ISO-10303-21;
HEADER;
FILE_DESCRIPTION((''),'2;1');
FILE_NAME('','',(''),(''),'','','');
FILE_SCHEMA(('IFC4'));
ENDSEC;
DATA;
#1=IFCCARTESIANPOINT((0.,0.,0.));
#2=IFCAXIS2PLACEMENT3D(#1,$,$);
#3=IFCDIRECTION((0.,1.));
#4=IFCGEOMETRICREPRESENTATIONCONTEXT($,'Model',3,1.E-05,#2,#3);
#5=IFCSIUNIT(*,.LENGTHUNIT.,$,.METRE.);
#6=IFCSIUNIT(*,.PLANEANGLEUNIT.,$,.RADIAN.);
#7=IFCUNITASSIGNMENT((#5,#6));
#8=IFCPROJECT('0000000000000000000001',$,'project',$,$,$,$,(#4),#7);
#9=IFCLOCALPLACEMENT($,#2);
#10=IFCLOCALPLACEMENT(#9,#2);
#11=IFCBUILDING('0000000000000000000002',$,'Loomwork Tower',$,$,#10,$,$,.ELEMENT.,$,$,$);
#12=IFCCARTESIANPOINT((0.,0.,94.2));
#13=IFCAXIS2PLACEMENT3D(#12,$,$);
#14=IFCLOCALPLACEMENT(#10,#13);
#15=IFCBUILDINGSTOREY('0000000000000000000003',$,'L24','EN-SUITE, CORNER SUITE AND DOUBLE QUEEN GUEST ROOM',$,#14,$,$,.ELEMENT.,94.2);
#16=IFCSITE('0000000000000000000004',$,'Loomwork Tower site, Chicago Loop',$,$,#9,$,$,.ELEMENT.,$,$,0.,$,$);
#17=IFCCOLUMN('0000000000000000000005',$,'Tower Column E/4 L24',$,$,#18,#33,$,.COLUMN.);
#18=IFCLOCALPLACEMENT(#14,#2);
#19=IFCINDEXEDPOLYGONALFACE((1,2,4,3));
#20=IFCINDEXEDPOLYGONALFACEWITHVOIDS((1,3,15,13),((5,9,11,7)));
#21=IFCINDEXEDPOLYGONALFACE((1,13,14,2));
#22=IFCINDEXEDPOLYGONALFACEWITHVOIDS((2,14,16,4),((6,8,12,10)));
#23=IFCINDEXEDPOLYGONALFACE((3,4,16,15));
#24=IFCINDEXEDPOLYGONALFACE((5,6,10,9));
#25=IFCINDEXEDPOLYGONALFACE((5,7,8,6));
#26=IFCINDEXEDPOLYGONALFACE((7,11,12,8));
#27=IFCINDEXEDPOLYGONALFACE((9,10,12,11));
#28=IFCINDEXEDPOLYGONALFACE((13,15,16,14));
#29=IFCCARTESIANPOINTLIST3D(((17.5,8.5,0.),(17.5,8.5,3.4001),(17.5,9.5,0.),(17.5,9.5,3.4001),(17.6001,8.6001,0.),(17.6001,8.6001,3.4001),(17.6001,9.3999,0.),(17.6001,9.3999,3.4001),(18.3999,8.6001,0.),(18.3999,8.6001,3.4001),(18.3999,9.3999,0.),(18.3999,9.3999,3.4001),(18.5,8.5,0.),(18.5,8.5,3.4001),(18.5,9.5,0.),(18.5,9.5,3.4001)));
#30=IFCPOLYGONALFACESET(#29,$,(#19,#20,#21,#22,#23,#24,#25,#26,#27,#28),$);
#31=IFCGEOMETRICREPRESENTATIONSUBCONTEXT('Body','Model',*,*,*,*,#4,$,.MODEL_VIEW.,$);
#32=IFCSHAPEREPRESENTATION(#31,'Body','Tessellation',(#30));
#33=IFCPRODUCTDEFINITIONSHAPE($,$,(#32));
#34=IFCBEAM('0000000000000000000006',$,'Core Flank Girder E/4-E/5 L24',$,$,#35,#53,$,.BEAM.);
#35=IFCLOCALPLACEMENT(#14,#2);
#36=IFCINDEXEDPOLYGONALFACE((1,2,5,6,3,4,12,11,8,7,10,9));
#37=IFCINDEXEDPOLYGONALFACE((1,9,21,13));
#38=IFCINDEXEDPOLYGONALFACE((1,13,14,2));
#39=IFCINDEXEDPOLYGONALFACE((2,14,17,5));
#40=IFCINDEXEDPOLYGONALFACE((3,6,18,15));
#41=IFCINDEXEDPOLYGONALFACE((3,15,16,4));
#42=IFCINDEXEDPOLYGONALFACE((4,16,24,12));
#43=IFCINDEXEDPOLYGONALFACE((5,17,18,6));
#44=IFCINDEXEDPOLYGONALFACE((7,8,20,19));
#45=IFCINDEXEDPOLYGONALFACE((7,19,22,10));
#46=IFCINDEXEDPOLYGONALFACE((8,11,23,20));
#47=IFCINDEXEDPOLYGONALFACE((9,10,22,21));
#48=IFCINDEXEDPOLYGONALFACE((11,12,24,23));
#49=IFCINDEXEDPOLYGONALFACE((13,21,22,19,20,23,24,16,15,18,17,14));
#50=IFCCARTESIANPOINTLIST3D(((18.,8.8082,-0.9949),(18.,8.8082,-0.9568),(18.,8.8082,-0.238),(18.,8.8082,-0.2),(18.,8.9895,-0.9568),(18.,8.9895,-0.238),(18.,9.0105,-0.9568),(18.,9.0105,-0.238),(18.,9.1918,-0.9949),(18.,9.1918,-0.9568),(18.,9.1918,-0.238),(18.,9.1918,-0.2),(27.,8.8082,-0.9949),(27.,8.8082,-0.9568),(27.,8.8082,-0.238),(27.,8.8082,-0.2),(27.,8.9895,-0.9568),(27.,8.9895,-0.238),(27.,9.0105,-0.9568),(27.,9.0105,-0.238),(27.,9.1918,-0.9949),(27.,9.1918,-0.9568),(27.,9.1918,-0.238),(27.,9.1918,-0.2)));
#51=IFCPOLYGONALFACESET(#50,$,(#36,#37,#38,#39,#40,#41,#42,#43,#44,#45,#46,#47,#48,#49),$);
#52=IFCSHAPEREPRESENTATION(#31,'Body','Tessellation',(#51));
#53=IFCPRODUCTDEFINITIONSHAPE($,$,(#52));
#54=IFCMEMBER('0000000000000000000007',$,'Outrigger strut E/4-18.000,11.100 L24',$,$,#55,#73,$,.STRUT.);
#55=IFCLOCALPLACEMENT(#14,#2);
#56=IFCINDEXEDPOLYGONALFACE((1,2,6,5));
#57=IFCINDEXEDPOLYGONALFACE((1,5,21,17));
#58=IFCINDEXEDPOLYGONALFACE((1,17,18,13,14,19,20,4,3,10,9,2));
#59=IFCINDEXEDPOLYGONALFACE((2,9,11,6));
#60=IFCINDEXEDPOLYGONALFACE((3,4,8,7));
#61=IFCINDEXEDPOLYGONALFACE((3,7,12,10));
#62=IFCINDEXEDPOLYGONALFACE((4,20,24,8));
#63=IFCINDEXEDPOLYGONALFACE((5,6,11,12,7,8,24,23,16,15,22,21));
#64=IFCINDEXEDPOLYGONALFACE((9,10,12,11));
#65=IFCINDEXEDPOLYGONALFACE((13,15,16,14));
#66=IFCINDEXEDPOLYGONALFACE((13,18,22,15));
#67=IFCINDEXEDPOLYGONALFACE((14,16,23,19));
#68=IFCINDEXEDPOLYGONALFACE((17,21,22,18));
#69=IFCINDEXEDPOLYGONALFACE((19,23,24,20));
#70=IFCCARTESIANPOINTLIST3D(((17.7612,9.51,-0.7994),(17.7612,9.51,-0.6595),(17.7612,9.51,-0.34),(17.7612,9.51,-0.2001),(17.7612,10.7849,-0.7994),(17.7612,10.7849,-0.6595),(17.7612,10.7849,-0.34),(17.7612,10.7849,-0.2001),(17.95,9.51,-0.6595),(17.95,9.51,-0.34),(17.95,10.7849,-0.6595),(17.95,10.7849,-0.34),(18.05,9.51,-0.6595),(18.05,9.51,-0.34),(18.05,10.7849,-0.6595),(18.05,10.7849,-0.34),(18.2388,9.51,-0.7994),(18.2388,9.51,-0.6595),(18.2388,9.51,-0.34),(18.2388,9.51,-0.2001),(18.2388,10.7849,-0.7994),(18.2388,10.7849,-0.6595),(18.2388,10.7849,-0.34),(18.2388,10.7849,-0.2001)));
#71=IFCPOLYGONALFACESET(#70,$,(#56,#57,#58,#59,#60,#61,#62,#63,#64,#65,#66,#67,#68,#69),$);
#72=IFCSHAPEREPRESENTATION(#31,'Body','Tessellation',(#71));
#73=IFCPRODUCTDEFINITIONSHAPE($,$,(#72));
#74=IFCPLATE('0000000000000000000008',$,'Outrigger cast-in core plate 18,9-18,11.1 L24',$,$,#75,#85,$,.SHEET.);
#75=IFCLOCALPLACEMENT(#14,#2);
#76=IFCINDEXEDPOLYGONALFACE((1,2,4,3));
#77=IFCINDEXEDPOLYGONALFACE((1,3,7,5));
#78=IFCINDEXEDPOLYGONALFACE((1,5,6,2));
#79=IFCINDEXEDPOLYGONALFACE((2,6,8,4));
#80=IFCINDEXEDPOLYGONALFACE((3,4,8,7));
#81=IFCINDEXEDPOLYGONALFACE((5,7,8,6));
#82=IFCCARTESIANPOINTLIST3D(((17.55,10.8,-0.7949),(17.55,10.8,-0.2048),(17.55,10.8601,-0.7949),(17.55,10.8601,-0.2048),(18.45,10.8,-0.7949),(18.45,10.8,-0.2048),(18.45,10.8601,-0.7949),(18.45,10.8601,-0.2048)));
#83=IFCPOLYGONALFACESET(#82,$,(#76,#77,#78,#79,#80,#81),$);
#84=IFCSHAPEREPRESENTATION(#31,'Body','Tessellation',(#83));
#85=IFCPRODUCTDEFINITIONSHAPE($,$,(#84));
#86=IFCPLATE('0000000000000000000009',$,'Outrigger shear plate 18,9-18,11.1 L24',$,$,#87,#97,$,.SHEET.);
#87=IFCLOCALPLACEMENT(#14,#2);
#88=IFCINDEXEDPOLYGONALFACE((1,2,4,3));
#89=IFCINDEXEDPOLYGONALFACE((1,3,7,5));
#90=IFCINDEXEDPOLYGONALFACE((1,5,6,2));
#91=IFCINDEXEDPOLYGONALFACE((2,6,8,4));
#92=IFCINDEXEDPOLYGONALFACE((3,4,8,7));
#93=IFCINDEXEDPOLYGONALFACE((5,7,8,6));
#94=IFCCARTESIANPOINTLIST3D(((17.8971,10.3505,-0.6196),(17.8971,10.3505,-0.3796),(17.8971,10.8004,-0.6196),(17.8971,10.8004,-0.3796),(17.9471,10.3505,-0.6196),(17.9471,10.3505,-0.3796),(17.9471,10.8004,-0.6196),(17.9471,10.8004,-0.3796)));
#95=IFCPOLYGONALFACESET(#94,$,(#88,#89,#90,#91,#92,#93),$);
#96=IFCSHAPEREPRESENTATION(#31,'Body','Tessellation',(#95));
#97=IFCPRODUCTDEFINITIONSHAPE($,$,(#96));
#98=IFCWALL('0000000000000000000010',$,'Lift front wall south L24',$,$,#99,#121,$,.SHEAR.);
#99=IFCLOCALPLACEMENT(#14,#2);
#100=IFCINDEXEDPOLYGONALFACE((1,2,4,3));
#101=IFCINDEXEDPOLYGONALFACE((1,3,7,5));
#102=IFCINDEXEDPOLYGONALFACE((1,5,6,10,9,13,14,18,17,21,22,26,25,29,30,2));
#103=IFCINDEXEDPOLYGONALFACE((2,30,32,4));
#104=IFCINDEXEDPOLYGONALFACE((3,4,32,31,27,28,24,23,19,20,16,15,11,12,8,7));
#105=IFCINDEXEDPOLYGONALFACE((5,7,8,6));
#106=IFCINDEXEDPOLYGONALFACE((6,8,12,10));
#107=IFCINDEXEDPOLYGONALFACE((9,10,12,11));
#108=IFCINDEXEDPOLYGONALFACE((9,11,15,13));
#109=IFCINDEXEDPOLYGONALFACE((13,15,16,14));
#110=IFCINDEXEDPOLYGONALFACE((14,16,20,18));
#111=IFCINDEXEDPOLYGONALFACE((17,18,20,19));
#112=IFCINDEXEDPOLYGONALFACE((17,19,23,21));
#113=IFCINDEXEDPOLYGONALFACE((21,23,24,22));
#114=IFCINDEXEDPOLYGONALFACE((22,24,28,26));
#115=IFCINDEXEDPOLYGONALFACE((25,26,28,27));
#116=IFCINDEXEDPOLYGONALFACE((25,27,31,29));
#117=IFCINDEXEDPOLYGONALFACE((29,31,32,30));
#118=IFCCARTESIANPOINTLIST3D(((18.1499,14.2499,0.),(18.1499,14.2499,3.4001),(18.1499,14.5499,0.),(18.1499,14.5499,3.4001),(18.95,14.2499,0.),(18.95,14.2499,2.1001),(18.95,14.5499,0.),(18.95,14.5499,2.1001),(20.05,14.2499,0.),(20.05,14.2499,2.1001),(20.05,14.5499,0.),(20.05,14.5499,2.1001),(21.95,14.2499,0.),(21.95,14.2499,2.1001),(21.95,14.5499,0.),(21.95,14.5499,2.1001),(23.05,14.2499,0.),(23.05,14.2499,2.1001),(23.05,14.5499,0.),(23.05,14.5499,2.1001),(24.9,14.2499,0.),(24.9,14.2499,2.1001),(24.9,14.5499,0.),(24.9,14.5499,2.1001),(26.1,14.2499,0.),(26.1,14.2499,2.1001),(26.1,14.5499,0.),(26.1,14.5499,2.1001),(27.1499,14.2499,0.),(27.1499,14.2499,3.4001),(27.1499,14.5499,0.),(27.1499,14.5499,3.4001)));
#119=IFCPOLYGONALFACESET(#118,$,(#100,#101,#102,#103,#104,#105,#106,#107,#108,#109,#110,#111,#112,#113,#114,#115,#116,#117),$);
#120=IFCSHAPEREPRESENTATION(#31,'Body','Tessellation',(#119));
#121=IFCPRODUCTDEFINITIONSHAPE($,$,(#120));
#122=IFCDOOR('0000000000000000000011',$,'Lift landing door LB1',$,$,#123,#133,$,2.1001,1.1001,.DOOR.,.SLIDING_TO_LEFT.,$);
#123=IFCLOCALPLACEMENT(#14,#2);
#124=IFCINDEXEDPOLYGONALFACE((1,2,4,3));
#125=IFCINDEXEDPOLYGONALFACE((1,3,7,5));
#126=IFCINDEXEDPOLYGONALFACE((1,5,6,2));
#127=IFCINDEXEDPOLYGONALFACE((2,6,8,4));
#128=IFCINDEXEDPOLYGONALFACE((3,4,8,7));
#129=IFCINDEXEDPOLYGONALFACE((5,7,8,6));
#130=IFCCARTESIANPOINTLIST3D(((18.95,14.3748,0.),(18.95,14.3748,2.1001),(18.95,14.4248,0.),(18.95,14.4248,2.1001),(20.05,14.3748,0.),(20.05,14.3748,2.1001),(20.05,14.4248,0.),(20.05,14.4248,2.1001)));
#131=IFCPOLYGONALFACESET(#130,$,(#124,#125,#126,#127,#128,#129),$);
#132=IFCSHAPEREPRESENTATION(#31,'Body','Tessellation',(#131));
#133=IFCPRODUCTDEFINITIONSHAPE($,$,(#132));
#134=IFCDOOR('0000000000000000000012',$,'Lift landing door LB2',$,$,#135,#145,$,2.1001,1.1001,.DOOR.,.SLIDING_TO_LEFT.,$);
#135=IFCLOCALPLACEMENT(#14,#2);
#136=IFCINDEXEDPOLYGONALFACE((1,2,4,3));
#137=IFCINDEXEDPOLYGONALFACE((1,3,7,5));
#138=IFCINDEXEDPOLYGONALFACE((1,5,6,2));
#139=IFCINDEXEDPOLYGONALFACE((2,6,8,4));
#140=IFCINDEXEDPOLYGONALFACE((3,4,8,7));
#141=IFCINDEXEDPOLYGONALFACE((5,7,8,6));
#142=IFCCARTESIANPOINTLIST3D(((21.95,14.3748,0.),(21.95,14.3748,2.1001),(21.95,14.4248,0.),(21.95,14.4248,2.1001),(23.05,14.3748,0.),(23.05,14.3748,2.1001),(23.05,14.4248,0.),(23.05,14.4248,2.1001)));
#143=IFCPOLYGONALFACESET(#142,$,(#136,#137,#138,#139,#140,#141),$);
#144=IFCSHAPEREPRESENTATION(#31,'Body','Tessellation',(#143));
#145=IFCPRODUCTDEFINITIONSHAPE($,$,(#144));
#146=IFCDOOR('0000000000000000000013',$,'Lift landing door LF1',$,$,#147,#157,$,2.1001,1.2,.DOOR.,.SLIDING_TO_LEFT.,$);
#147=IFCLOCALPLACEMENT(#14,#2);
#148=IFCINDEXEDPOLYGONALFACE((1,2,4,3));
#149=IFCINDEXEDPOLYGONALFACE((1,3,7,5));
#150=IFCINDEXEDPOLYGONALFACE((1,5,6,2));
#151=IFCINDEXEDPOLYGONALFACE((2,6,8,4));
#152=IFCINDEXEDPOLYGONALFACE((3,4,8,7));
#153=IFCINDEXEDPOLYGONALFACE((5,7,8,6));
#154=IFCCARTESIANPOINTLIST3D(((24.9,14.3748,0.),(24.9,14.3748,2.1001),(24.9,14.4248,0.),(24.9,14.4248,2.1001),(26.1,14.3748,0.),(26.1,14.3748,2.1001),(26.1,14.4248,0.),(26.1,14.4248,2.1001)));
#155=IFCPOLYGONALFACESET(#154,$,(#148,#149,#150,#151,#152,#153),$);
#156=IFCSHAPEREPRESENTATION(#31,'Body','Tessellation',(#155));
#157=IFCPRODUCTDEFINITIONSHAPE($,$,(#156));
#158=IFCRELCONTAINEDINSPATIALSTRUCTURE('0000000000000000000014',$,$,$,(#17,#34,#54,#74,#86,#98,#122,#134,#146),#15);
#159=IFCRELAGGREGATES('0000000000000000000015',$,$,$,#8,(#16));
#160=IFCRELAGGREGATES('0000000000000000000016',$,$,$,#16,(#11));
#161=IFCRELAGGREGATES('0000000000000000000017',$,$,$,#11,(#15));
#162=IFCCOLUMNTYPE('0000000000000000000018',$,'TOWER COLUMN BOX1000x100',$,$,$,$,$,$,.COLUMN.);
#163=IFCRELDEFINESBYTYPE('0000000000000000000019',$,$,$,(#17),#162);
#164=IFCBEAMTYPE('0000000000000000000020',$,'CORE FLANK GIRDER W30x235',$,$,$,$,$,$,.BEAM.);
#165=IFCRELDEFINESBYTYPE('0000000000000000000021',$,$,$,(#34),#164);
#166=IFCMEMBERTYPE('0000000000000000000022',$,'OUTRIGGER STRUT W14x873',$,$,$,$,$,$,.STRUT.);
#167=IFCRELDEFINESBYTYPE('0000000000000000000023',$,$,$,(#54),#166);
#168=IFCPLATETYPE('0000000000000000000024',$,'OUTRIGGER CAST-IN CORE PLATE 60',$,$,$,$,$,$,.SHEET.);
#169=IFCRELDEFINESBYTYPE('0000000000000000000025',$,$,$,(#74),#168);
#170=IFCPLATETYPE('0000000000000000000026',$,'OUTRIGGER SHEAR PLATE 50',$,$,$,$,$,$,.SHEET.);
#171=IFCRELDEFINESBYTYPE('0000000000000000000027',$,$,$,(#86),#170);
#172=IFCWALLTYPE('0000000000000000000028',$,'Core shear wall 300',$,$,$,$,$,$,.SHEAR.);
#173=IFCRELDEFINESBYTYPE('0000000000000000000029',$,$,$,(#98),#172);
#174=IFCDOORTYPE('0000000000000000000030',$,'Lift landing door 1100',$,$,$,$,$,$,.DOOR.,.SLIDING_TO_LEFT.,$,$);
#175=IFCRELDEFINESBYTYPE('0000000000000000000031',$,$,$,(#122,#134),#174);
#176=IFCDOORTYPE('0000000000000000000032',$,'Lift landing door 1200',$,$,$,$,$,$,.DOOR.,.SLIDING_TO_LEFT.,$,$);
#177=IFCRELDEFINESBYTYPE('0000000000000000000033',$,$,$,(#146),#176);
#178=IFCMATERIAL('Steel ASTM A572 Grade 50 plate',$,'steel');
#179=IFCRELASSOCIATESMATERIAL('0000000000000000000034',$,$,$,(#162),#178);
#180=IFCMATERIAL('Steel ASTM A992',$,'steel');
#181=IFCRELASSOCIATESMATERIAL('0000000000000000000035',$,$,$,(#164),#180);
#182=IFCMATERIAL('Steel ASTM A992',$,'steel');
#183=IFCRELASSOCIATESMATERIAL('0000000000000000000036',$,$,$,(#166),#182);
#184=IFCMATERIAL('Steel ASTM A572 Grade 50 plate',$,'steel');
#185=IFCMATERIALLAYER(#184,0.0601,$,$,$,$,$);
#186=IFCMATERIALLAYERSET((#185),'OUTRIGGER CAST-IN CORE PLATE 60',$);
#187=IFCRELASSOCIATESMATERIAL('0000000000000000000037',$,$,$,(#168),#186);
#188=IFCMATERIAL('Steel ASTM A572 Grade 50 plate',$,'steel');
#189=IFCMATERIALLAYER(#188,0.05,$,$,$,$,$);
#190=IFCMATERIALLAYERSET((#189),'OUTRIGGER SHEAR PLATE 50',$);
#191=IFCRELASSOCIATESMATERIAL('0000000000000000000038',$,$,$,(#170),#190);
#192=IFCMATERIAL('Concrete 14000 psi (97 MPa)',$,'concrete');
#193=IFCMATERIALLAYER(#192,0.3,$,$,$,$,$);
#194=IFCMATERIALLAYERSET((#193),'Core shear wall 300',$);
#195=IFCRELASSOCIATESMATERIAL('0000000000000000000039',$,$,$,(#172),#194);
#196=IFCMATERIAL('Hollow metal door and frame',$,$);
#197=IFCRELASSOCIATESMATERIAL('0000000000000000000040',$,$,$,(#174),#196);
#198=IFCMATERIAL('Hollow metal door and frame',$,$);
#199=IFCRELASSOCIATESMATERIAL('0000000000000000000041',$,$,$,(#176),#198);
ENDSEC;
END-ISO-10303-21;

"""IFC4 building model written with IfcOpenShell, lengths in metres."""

from ifc_helpers import new_model, si_unit, direction, frame, frame_2d, origin, origin_2d, place, context, subcontext, project, spatial, rectangle, hollow_rectangle, i_section, extrude, material, layer, layer_set, material_profile, profile_set, type_object, element, fill, save


model = new_model("IFC4")

# Units and contexts
model_context = context("Model", 3, precision=1e-05, world=origin(), true_north=direction((0.0, 1.0)))
body_context = subcontext(model_context, "Body", "Model", "MODEL_VIEW")
ifc_project = project(units=[si_unit("LENGTHUNIT", "METRE"), si_unit("PLANEANGLEUNIT", "RADIAN")], contexts=[model_context])

# Site, building, storey
site_placement = place(None, origin())
site = spatial("IfcSite", under=ifc_project, at=site_placement, Name="Loomwork Tower site, Chicago Loop", CompositionType="ELEMENT", RefElevation=0.0)
building_placement = place(site_placement, origin())
building = spatial("IfcBuilding", under=site, at=building_placement, Name="Loomwork Tower", CompositionType="ELEMENT")
storey_placement = place(building_placement, frame((0.0, 0.0, 94.2)))
storey = spatial("IfcBuildingStorey", under=building, at=storey_placement, Name="L24", Description="EN-SUITE, CORNER SUITE AND DOUBLE QUEEN GUEST ROOM", CompositionType="ELEMENT", Elevation=94.2)

# Column
ifc_material_1 = material(Name="Steel ASTM A572 Grade 50 plate", Category="steel")
ifc_material_profile_1 = material_profile(ifc_material_1, hollow_rectangle(XDim=1.0, YDim=1.0, WallThickness=0.1001, at=origin_2d()), Name="BOX1000x100")
ifc_profile_set_1 = profile_set([ifc_material_profile_1], Name="Steel ASTM A572 Grade 50 plate")
column_type = type_object("IfcColumnType", Name="TOWER COLUMN BOX1000x100", PredefinedType="COLUMN", material=ifc_profile_set_1)
column_placement = place(storey_placement, frame((18.0, 9.0, 0.0), z_axis=(0.0, 0.0, 1.0), x_axis=(1.0, 0.0, 0.0)))
element("IfcColumn", 1, at=column_placement, inside=storey, type_object=column_type, Name="Tower Column E/4 L24", PredefinedType="COLUMN", context=body_context, shape_type="SweptSolid", body=[
    extrude(hollow_rectangle(XDim=1.0, YDim=1.0, WallThickness=0.1001, at=origin_2d()), origin(), (0.0, 0.0, 1.0), 3.4001),
])

# Beam
ifc_material_2 = material(Name="Steel ASTM A992", Category="steel")
ifc_material_profile_2 = material_profile(ifc_material_2, i_section(OverallWidth=0.3835, OverallDepth=0.7949, WebThickness=0.021, FlangeThickness=0.0381, at=origin_2d()), Name="W30x235")
ifc_profile_set_2 = profile_set([ifc_material_profile_2], Name="Steel ASTM A992")
beam_type = type_object("IfcBeamType", Name="CORE FLANK GIRDER W30x235", PredefinedType="BEAM", material=ifc_profile_set_2)
beam_placement = place(storey_placement, frame((18.0, 9.0, -0.5974), z_axis=(1.0, 0.0, 0.0), x_axis=(0.0, 1.0, 0.0)))
element("IfcBeam", 2, at=beam_placement, inside=storey, type_object=beam_type, Name="Core Flank Girder E/4-E/5 L24", PredefinedType="BEAM", context=body_context, shape_type="SweptSolid", body=[
    extrude(i_section(OverallWidth=0.3835, OverallDepth=0.7949, WebThickness=0.021, FlangeThickness=0.0381, at=origin_2d()), origin(), (0.0, 0.0, 1.0), 9.0),
])

# Member
ifc_material_3 = material(Name="Steel ASTM A992", Category="steel")
ifc_material_profile_3 = material_profile(ifc_material_3, i_section(OverallWidth=0.4775, OverallDepth=0.5994, WebThickness=0.1001, FlangeThickness=0.1399, at=origin_2d()), Name="W14x873")
ifc_profile_set_3 = profile_set([ifc_material_profile_3], Name="Steel ASTM A992")
member_type = type_object("IfcMemberType", Name="OUTRIGGER STRUT W14x873", PredefinedType="STRUT", material=ifc_profile_set_3)
member_placement = place(storey_placement, frame((18.0, 9.51, -0.4998), z_axis=(0.0, 1.0, 0.0), x_axis=(-1.0, 0.0, 0.0)))
element("IfcMember", 3, at=member_placement, inside=storey, type_object=member_type, Name="Outrigger strut E/4-18.000,11.100 L24", PredefinedType="STRUT", context=body_context, shape_type="SweptSolid", body=[
    extrude(i_section(OverallWidth=0.4775, OverallDepth=0.5994, WebThickness=0.1001, FlangeThickness=0.1399, at=origin_2d()), origin(), (0.0, 0.0, 1.0), 1.2749),
])

# Plates
ifc_material_4 = material(Name="Steel ASTM A572 Grade 50 plate", Category="steel")
ifc_layer_1 = layer(ifc_material_4, 0.0601)
ifc_layer_set_1 = layer_set([ifc_layer_1], Name="OUTRIGGER CAST-IN CORE PLATE 60")
plate_type_1 = type_object("IfcPlateType", Name="OUTRIGGER CAST-IN CORE PLATE 60", PredefinedType="SHEET", material=ifc_layer_set_1)
plate_1_placement = place(storey_placement, frame((18.0, 10.8301, -0.7949), z_axis=(0.0, 0.0, 1.0), x_axis=(1.0, 0.0, 0.0)))
element("IfcPlate", 4, at=plate_1_placement, inside=storey, type_object=plate_type_1, Name="Outrigger cast-in core plate 18,9-18,11.1 L24", PredefinedType="SHEET", context=body_context, shape_type="SweptSolid", body=[
    extrude(rectangle(XDim=0.8999, YDim=0.0601, at=origin_2d()), origin(), (0.0, 0.0, 1.0), 0.5901),
])
ifc_material_5 = material(Name="Steel ASTM A572 Grade 50 plate", Category="steel")
ifc_layer_2 = layer(ifc_material_5, 0.05)
ifc_layer_set_2 = layer_set([ifc_layer_2], Name="OUTRIGGER SHEAR PLATE 50")
plate_type_2 = type_object("IfcPlateType", Name="OUTRIGGER SHEAR PLATE 50", PredefinedType="SHEET", material=ifc_layer_set_2)
plate_2_placement = place(storey_placement, frame((17.9221, 10.5754, -0.6196), z_axis=(0.0, 0.0, 1.0), x_axis=(0.0, 1.0, 0.0)))
element("IfcPlate", 5, at=plate_2_placement, inside=storey, type_object=plate_type_2, Name="Outrigger shear plate 18,9-18,11.1 L24", PredefinedType="SHEET", context=body_context, shape_type="SweptSolid", body=[
    extrude(rectangle(XDim=0.45, YDim=0.05, at=origin_2d()), origin(), (0.0, 0.0, 1.0), 0.24),
])

# Wall, openings, doors
ifc_material_6 = material(Name="Concrete 14000 psi (97 MPa)", Category="concrete")
ifc_layer_3 = layer(ifc_material_6, 0.3)
ifc_layer_set_3 = layer_set([ifc_layer_3], Name="Core shear wall 300")
wall_type_1 = type_object("IfcWallType", Name="Core shear wall 300", PredefinedType="SHEAR", material=ifc_layer_set_3)
wall_1_placement = place(storey_placement, frame((18.1499, 14.3999, 0.0), z_axis=(0.0, 0.0, 1.0), x_axis=(1.0, 0.0, 0.0)))
wall_1 = element("IfcWall", 6, at=wall_1_placement, inside=storey, type_object=wall_type_1, Name="Lift front wall south L24", PredefinedType="SHEAR", context=body_context, shape_type="SweptSolid", body=[
    extrude(rectangle(XDim=9.0, YDim=0.3, at=frame_2d((4.5, 0.0))), origin(), (0.0, 0.0, 1.0), 3.4001),
])
opening_1_placement = place(wall_1_placement, frame((0.8, 0.0, 0.0)))
opening_1 = element("IfcOpeningElement", 7, at=opening_1_placement, cuts=wall_1, PredefinedType="OPENING", context=body_context, shape_type="SweptSolid", body=[
    extrude(rectangle(XDim=1.1001, YDim=2.1001, at=frame_2d((0.55, 1.05))), frame((0.0, 0.1599, 0.0), z_axis=(0.0, -1.0, 0.0), x_axis=(1.0, 0.0, 0.0)), (0.0, 0.0, 1.0), 0.3201),
])
opening_2_placement = place(wall_1_placement, frame((3.8, 0.0, 0.0)))
opening_2 = element("IfcOpeningElement", 8, at=opening_2_placement, cuts=wall_1, PredefinedType="OPENING", context=body_context, shape_type="SweptSolid", body=[
    extrude(rectangle(XDim=1.1001, YDim=2.1001, at=frame_2d((0.55, 1.05))), frame((0.0, 0.1599, 0.0), z_axis=(0.0, -1.0, 0.0), x_axis=(1.0, 0.0, 0.0)), (0.0, 0.0, 1.0), 0.3201),
])
opening_3_placement = place(wall_1_placement, frame((6.75, 0.0, 0.0)))
opening_3 = element("IfcOpeningElement", 9, at=opening_3_placement, cuts=wall_1, PredefinedType="OPENING", context=body_context, shape_type="SweptSolid", body=[
    extrude(rectangle(XDim=1.2, YDim=2.1001, at=frame_2d((0.6001, 1.05))), frame((0.0, 0.1599, 0.0), z_axis=(0.0, -1.0, 0.0), x_axis=(1.0, 0.0, 0.0)), (0.0, 0.0, 1.0), 0.3201),
])
ifc_material_7 = material(Name="Hollow metal door and frame")
door_type_1 = type_object("IfcDoorType", Name="Lift landing door 1100", OperationType="SLIDING_TO_LEFT", PredefinedType="DOOR", material=ifc_material_7)
door_1_placement = place(opening_1_placement, origin())
door_1 = element("IfcDoor", 10, at=door_1_placement, inside=storey, type_object=door_type_1, Name="Lift landing door LB1", OperationType="SLIDING_TO_LEFT", OverallHeight=2.1001, OverallWidth=1.1001, PredefinedType="DOOR", context=body_context, shape_type="SweptSolid", body=[
    extrude(rectangle(XDim=1.1001, YDim=2.1001, at=frame_2d((0.55, 1.05))), frame((0.0, 0.0249, 0.0), z_axis=(0.0, -1.0, 0.0), x_axis=(1.0, 0.0, 0.0)), (0.0, 0.0, 1.0), 0.05),
])
fill(opening_1, door_1)
door_2_placement = place(opening_2_placement, origin())
door_2 = element("IfcDoor", 11, at=door_2_placement, inside=storey, type_object=door_type_1, Name="Lift landing door LB2", OperationType="SLIDING_TO_LEFT", OverallHeight=2.1001, OverallWidth=1.1001, PredefinedType="DOOR", context=body_context, shape_type="SweptSolid", body=[
    extrude(rectangle(XDim=1.1001, YDim=2.1001, at=frame_2d((0.55, 1.05))), frame((0.0, 0.0249, 0.0), z_axis=(0.0, -1.0, 0.0), x_axis=(1.0, 0.0, 0.0)), (0.0, 0.0, 1.0), 0.05),
])
fill(opening_2, door_2)
ifc_material_8 = material(Name="Hollow metal door and frame")
door_type_2 = type_object("IfcDoorType", Name="Lift landing door 1200", OperationType="SLIDING_TO_LEFT", PredefinedType="DOOR", material=ifc_material_8)
door_3_placement = place(opening_3_placement, origin())
door_3 = element("IfcDoor", 12, at=door_3_placement, inside=storey, type_object=door_type_2, Name="Lift landing door LF1", OperationType="SLIDING_TO_LEFT", OverallHeight=2.1001, OverallWidth=1.2, PredefinedType="DOOR", context=body_context, shape_type="SweptSolid", body=[
    extrude(rectangle(XDim=1.2, YDim=2.1001, at=frame_2d((0.6001, 1.05))), frame((0.0, 0.0249, 0.0), z_axis=(0.0, -1.0, 0.0), x_axis=(1.0, 0.0, 0.0)), (0.0, 0.0, 1.0), 0.05),
])
fill(opening_3, door_3)

save(model, "model.ifc")
